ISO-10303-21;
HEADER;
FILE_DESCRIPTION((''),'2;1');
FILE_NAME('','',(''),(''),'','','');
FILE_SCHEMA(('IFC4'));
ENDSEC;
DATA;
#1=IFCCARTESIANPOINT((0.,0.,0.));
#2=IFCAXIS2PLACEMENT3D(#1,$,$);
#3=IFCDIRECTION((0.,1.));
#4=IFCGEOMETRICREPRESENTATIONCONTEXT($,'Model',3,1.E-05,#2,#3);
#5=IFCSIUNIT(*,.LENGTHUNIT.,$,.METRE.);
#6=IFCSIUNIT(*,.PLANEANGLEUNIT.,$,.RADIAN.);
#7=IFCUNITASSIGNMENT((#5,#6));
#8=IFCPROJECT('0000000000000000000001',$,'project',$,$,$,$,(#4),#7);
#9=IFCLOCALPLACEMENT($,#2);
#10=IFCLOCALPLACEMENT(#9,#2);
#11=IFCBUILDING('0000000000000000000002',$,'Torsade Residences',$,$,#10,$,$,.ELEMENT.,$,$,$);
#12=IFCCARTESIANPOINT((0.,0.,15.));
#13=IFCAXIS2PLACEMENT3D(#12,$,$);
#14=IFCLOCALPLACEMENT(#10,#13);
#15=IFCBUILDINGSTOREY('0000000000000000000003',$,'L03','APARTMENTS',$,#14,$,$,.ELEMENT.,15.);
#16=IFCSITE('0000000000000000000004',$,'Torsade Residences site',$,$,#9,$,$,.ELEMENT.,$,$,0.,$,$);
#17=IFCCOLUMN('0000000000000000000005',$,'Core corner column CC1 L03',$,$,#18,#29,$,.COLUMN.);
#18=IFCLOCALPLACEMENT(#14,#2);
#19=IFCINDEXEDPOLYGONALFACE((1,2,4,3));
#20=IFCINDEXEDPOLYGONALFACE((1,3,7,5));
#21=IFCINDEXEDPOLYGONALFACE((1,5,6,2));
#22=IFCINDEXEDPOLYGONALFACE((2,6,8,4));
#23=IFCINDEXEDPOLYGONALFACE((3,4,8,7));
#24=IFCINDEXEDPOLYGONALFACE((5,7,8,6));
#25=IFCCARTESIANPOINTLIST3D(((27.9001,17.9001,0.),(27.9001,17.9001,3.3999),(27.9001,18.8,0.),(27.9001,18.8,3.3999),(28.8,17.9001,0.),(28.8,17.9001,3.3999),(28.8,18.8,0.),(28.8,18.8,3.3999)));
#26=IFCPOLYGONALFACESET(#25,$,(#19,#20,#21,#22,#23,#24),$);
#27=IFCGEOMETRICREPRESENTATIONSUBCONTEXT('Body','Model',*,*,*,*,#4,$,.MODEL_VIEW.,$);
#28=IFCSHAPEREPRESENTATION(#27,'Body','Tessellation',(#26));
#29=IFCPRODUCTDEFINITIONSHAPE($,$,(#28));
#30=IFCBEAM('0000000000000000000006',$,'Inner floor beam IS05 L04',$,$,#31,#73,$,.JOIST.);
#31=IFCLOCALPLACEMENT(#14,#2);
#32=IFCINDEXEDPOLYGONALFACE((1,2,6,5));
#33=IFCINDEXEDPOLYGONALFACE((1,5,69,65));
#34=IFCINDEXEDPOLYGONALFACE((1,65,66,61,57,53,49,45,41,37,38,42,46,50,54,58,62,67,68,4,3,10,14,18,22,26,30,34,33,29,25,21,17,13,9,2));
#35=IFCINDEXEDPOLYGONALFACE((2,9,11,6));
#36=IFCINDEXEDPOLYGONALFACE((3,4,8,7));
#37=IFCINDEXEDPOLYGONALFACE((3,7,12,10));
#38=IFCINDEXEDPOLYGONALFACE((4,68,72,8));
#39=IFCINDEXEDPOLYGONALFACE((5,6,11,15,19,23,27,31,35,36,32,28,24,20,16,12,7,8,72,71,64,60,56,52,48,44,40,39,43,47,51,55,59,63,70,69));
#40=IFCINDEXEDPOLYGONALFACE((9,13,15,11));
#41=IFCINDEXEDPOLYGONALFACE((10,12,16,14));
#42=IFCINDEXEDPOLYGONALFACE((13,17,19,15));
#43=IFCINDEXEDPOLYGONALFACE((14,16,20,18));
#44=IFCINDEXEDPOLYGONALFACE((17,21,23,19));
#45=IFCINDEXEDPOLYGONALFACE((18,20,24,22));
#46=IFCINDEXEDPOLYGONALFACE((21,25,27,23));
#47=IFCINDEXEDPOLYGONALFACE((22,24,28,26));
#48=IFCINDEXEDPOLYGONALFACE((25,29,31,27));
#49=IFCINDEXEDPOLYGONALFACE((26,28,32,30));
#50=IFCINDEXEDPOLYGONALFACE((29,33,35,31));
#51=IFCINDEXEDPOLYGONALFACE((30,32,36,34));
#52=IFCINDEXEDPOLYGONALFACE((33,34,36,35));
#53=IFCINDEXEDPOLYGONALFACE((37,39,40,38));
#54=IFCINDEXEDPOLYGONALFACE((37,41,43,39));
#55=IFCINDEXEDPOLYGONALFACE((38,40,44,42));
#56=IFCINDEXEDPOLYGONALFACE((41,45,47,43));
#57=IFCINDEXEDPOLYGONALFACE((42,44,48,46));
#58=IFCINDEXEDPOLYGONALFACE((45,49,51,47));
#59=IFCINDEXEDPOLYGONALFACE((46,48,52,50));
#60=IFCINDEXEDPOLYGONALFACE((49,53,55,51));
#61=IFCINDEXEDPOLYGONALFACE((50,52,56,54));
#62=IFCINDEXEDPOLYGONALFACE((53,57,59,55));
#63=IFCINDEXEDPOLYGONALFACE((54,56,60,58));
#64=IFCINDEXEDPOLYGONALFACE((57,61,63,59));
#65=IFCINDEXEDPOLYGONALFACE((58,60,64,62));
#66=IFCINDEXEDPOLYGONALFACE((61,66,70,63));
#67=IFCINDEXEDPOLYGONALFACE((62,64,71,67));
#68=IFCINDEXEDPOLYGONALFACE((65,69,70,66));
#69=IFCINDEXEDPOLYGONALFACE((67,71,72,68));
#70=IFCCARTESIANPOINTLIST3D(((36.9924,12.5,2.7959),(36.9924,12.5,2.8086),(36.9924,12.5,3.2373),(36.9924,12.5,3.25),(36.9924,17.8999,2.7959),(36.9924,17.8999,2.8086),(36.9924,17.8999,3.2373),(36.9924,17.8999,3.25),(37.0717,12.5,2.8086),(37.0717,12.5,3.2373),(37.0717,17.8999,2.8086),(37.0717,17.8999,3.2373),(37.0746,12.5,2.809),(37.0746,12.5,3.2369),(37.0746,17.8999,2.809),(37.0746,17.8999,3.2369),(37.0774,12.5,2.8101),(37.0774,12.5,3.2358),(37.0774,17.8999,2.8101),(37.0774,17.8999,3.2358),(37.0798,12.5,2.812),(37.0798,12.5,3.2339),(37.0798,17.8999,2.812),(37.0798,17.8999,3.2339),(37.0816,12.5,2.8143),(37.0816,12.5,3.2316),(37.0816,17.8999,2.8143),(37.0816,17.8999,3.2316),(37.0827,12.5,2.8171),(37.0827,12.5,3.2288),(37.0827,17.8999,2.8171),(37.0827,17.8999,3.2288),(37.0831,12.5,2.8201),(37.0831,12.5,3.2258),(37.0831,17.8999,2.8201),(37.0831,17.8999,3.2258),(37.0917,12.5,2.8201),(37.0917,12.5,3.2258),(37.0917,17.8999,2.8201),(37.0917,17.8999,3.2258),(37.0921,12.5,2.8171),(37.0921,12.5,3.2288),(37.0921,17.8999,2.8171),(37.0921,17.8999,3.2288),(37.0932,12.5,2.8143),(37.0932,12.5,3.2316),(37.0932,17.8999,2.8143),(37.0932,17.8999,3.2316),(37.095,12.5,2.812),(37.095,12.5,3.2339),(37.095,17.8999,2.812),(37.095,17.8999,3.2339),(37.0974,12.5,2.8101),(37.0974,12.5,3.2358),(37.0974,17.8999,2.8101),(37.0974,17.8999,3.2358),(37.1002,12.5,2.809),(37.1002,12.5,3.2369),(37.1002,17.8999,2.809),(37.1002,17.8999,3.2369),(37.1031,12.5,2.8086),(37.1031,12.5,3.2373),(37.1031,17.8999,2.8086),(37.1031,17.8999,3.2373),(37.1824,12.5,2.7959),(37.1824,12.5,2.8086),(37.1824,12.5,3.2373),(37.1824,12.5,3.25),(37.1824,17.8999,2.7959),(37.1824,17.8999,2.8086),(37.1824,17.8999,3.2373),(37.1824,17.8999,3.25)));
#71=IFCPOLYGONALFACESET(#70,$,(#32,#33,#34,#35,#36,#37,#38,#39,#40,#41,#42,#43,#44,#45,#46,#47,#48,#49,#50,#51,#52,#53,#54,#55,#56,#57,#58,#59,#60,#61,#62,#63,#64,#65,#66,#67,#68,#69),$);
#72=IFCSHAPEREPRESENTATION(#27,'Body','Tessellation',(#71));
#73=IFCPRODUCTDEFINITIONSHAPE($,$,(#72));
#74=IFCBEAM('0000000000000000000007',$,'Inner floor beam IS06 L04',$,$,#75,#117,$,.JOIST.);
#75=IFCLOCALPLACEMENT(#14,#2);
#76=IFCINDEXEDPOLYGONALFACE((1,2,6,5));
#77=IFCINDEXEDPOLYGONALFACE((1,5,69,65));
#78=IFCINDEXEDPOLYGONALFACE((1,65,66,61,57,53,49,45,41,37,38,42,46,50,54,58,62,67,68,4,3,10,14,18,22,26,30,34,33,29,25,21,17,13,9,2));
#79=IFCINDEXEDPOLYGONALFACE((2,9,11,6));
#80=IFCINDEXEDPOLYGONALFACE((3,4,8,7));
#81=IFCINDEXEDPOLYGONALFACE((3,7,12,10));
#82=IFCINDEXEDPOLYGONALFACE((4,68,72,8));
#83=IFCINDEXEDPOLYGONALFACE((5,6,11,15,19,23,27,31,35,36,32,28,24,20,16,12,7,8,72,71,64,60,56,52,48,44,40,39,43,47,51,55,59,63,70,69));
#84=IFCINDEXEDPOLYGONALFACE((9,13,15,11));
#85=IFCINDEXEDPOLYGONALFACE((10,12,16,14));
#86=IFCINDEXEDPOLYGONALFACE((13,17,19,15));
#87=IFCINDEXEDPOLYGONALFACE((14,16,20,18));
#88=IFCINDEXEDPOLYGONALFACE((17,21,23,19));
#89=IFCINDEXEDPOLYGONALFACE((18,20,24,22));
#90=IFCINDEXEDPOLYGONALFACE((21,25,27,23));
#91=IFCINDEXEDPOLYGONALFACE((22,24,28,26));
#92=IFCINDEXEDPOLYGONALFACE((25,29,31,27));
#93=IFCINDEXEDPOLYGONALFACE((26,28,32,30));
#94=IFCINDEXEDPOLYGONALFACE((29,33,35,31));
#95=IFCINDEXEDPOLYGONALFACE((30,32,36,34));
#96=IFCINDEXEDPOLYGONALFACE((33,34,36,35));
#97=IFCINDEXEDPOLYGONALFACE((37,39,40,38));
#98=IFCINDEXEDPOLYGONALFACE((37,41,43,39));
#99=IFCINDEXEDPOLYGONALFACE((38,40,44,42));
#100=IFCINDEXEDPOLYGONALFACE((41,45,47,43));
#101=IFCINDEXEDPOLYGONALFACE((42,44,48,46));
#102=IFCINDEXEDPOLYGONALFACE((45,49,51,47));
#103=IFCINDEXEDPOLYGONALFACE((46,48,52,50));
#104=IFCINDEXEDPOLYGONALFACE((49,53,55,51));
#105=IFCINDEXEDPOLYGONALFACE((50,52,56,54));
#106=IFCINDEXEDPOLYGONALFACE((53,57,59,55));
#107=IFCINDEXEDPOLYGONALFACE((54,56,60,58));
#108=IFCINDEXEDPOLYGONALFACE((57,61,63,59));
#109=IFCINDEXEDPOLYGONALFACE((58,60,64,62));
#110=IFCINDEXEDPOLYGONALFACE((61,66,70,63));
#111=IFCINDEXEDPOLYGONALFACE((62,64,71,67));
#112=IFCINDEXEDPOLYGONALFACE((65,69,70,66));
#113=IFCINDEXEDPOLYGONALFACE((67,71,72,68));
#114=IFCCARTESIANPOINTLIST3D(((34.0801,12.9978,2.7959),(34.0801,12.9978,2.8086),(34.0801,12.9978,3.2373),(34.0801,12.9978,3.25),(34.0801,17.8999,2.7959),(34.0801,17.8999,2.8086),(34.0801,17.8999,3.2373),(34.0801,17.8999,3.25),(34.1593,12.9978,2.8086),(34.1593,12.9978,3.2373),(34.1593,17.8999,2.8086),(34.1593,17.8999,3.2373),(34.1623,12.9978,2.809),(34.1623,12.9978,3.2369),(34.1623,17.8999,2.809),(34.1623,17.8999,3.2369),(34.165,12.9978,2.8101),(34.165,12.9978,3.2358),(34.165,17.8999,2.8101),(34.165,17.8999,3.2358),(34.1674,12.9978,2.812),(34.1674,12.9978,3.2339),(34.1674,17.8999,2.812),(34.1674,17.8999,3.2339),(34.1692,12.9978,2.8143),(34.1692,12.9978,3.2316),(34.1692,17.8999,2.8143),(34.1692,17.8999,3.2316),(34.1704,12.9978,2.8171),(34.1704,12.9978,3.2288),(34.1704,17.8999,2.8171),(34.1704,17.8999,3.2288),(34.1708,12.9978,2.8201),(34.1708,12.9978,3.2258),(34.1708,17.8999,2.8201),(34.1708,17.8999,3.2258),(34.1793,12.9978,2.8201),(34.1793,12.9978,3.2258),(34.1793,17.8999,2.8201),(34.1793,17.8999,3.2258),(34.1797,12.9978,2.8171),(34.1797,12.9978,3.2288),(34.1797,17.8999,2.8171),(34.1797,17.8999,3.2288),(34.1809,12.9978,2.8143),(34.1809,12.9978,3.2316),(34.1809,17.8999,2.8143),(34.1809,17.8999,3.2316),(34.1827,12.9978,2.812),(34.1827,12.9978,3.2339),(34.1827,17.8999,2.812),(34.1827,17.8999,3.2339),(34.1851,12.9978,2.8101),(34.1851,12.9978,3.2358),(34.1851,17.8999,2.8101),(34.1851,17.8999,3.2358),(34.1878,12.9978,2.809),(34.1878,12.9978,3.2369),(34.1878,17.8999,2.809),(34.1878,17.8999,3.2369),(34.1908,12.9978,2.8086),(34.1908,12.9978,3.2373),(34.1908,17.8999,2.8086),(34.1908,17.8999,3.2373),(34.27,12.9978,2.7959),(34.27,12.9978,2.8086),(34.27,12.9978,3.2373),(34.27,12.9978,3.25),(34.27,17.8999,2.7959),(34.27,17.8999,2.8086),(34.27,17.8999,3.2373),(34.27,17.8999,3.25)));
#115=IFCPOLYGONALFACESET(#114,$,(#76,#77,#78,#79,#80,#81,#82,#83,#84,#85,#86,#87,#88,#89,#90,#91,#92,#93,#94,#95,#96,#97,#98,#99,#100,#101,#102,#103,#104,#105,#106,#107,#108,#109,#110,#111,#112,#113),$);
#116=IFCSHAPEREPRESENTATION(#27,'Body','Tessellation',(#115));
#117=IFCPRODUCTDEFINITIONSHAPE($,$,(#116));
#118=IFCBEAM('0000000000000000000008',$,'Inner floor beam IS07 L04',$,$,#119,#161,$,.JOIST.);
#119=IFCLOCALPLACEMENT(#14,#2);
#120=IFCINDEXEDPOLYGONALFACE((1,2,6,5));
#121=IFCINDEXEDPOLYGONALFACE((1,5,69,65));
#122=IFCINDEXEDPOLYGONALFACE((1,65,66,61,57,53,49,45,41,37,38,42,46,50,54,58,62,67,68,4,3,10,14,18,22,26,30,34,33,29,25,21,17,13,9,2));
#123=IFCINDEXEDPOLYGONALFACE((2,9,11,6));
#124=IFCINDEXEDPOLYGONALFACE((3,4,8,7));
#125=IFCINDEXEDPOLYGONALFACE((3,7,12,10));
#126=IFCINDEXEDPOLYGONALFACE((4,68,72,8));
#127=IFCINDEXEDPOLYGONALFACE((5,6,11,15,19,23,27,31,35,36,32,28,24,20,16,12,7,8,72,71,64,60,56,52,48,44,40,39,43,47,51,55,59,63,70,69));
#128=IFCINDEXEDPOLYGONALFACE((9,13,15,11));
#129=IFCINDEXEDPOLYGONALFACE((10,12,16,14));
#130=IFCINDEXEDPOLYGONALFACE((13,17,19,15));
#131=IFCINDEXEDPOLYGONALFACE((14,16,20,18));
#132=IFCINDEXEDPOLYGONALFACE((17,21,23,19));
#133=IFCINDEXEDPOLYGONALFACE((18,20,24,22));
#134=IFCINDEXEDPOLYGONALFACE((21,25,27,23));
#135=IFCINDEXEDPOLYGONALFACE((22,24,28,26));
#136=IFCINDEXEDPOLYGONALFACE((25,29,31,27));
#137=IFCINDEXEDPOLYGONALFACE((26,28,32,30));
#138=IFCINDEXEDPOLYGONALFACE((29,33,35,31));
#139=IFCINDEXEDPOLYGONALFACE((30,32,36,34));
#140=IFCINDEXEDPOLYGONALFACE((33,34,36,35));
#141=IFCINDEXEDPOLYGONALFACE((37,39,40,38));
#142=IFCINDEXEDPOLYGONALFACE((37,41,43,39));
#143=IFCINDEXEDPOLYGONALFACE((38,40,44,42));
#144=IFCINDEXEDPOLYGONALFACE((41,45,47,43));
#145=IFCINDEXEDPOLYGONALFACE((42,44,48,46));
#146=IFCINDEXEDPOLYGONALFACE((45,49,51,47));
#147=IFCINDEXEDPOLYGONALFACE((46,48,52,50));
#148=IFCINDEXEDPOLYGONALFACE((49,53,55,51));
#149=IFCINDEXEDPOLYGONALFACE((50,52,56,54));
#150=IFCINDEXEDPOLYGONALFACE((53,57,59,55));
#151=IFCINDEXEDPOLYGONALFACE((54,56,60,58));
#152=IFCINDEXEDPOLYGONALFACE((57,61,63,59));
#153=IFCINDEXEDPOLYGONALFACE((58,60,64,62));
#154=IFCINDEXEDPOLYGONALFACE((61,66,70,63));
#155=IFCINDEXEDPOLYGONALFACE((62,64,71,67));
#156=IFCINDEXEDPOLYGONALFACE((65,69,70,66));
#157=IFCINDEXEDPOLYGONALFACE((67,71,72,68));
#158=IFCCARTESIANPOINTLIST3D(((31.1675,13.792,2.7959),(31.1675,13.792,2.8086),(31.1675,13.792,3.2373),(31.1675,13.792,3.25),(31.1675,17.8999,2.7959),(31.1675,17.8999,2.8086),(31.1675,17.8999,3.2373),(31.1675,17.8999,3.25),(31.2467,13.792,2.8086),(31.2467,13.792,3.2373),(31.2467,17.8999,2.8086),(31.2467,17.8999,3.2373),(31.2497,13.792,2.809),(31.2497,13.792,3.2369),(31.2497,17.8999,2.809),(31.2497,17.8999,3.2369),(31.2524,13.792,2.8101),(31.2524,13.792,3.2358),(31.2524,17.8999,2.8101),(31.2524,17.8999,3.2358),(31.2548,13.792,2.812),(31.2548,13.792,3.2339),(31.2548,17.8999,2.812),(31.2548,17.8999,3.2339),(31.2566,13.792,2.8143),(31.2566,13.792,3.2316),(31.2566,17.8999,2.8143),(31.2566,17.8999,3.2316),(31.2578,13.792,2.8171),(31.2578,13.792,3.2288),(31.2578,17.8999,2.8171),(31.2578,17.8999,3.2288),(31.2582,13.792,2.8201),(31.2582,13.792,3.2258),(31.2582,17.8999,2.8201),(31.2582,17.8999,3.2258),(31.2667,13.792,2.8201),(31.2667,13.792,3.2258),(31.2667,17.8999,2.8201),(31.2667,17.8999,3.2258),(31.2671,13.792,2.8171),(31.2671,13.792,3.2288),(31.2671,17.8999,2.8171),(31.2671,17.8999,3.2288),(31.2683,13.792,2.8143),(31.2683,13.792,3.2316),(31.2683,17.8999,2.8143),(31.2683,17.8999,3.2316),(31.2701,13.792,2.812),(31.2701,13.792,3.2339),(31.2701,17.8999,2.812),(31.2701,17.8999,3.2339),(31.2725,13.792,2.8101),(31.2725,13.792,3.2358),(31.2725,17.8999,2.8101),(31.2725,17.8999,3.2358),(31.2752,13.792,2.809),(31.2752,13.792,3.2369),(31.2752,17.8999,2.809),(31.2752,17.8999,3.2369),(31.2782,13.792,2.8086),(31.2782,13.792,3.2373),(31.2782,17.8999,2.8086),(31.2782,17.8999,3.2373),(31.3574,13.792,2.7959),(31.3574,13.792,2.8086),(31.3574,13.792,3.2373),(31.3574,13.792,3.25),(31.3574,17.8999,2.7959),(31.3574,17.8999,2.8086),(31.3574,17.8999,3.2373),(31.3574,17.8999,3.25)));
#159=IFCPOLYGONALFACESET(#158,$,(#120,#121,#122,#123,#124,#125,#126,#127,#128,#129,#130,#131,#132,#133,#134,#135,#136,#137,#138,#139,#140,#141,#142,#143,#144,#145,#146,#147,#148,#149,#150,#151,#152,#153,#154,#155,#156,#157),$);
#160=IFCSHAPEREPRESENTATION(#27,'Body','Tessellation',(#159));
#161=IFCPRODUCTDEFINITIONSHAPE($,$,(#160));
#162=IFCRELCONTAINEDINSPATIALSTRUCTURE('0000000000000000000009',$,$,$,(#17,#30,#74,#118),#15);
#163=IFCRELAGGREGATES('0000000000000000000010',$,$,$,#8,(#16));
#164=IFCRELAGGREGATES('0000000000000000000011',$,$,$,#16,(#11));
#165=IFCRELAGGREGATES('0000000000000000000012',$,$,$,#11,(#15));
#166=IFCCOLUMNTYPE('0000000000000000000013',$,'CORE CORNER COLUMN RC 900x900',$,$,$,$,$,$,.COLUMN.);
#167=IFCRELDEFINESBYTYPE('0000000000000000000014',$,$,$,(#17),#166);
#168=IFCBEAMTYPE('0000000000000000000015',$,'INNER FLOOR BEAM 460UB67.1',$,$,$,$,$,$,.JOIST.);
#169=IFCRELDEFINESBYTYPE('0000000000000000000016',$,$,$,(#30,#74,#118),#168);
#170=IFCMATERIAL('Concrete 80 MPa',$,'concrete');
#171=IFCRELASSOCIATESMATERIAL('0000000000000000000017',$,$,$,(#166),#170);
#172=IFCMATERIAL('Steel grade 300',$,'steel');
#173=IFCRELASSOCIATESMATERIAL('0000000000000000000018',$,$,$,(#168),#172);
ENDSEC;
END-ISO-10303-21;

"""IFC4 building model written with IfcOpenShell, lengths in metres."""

from ifc_helpers import new_model, si_unit, direction, frame, origin, origin_2d, place, context, subcontext, project, spatial, rectangle, i_section, extrude, material, material_profile, profile_set, type_object, element, save


model = new_model("IFC4")

# Units and contexts
model_context = context("Model", 3, precision=1e-05, world=origin(), true_north=direction((0.0, 1.0)))
body_context = subcontext(model_context, "Body", "Model", "MODEL_VIEW")
ifc_project = project(units=[si_unit("LENGTHUNIT", "METRE"), si_unit("PLANEANGLEUNIT", "RADIAN")], contexts=[model_context])

# Site, building, storey
site_placement = place(None, origin())
site = spatial("IfcSite", under=ifc_project, at=site_placement, Name="Torsade Residences site", CompositionType="ELEMENT", RefElevation=0.0)
building_placement = place(site_placement, origin())
building = spatial("IfcBuilding", under=site, at=building_placement, Name="Torsade Residences", CompositionType="ELEMENT")
storey_placement = place(building_placement, frame((0.0, 0.0, 15.0)))
storey = spatial("IfcBuildingStorey", under=building, at=storey_placement, Name="L03", Description="APARTMENTS", CompositionType="ELEMENT", Elevation=15.0)

# Column
ifc_material_1 = material(Name="Concrete 80 MPa", Category="concrete")
ifc_material_profile_1 = material_profile(ifc_material_1, rectangle(XDim=0.8999, YDim=0.8999, at=origin_2d()), Name="RC 900x900")
ifc_profile_set_1 = profile_set([ifc_material_profile_1], Name="Concrete 80 MPa")
column_type = type_object("IfcColumnType", Name="CORE CORNER COLUMN RC 900x900", PredefinedType="COLUMN", material=ifc_profile_set_1)
column_placement = place(storey_placement, frame((28.3501, 18.3501, 0.0), z_axis=(0.0, 0.0, 1.0), x_axis=(1.0, 0.0, 0.0)))
element("IfcColumn", 1, at=column_placement, inside=storey, type_object=column_type, Name="Core corner column CC1 L03", PredefinedType="COLUMN", context=body_context, shape_type="SweptSolid", body=[
    extrude(rectangle(XDim=0.8999, YDim=0.8999, at=origin_2d()), origin(), (0.0, 0.0, 1.0), 3.3999),
])

# Beams
ifc_material_2 = material(Name="Steel grade 300", Category="steel")
ifc_material_profile_2 = material_profile(ifc_material_2, i_section(OverallWidth=0.1899, OverallDepth=0.4541, WebThickness=0.0085, FlangeThickness=0.0127, FilletRadius=0.0115, at=origin_2d()), Name="460UB67.1")
ifc_profile_set_2 = profile_set([ifc_material_profile_2], Name="Steel grade 300")
beam_type = type_object("IfcBeamType", Name="INNER FLOOR BEAM 460UB67.1", PredefinedType="JOIST", material=ifc_profile_set_2)
beam_1_placement = place(storey_placement, frame((37.0874, 17.8999, 3.0229), z_axis=(0.0, -1.0, 0.0), x_axis=(1.0, 0.0, 0.0)))
element("IfcBeam", 2, at=beam_1_placement, inside=storey, type_object=beam_type, Name="Inner floor beam IS05 L04", PredefinedType="JOIST", context=body_context, shape_type="SweptSolid", body=[
    extrude(i_section(OverallWidth=0.1899, OverallDepth=0.4541, WebThickness=0.0085, FlangeThickness=0.0127, FilletRadius=0.0115, at=origin_2d()), origin(), (0.0, 0.0, 1.0), 5.3999),
])
beam_2_placement = place(storey_placement, frame((34.175, 17.8999, 3.0229), z_axis=(0.0, -1.0, 0.0), x_axis=(1.0, 0.0, 0.0)))
element("IfcBeam", 3, at=beam_2_placement, inside=storey, type_object=beam_type, Name="Inner floor beam IS06 L04", PredefinedType="JOIST", context=body_context, shape_type="SweptSolid", body=[
    extrude(i_section(OverallWidth=0.1899, OverallDepth=0.4541, WebThickness=0.0085, FlangeThickness=0.0127, FilletRadius=0.0115, at=origin_2d()), origin(), (0.0, 0.0, 1.0), 4.9021),
])
beam_3_placement = place(storey_placement, frame((31.2625, 17.8999, 3.0229), z_axis=(0.0, -1.0, 0.0), x_axis=(1.0, 0.0, 0.0)))
element("IfcBeam", 4, at=beam_3_placement, inside=storey, type_object=beam_type, Name="Inner floor beam IS07 L04", PredefinedType="JOIST", context=body_context, shape_type="SweptSolid", body=[
    extrude(i_section(OverallWidth=0.1899, OverallDepth=0.4541, WebThickness=0.0085, FlangeThickness=0.0127, FilletRadius=0.0115, at=origin_2d()), origin(), (0.0, 0.0, 1.0), 4.1079),
])

save(model, "model.ifc")
